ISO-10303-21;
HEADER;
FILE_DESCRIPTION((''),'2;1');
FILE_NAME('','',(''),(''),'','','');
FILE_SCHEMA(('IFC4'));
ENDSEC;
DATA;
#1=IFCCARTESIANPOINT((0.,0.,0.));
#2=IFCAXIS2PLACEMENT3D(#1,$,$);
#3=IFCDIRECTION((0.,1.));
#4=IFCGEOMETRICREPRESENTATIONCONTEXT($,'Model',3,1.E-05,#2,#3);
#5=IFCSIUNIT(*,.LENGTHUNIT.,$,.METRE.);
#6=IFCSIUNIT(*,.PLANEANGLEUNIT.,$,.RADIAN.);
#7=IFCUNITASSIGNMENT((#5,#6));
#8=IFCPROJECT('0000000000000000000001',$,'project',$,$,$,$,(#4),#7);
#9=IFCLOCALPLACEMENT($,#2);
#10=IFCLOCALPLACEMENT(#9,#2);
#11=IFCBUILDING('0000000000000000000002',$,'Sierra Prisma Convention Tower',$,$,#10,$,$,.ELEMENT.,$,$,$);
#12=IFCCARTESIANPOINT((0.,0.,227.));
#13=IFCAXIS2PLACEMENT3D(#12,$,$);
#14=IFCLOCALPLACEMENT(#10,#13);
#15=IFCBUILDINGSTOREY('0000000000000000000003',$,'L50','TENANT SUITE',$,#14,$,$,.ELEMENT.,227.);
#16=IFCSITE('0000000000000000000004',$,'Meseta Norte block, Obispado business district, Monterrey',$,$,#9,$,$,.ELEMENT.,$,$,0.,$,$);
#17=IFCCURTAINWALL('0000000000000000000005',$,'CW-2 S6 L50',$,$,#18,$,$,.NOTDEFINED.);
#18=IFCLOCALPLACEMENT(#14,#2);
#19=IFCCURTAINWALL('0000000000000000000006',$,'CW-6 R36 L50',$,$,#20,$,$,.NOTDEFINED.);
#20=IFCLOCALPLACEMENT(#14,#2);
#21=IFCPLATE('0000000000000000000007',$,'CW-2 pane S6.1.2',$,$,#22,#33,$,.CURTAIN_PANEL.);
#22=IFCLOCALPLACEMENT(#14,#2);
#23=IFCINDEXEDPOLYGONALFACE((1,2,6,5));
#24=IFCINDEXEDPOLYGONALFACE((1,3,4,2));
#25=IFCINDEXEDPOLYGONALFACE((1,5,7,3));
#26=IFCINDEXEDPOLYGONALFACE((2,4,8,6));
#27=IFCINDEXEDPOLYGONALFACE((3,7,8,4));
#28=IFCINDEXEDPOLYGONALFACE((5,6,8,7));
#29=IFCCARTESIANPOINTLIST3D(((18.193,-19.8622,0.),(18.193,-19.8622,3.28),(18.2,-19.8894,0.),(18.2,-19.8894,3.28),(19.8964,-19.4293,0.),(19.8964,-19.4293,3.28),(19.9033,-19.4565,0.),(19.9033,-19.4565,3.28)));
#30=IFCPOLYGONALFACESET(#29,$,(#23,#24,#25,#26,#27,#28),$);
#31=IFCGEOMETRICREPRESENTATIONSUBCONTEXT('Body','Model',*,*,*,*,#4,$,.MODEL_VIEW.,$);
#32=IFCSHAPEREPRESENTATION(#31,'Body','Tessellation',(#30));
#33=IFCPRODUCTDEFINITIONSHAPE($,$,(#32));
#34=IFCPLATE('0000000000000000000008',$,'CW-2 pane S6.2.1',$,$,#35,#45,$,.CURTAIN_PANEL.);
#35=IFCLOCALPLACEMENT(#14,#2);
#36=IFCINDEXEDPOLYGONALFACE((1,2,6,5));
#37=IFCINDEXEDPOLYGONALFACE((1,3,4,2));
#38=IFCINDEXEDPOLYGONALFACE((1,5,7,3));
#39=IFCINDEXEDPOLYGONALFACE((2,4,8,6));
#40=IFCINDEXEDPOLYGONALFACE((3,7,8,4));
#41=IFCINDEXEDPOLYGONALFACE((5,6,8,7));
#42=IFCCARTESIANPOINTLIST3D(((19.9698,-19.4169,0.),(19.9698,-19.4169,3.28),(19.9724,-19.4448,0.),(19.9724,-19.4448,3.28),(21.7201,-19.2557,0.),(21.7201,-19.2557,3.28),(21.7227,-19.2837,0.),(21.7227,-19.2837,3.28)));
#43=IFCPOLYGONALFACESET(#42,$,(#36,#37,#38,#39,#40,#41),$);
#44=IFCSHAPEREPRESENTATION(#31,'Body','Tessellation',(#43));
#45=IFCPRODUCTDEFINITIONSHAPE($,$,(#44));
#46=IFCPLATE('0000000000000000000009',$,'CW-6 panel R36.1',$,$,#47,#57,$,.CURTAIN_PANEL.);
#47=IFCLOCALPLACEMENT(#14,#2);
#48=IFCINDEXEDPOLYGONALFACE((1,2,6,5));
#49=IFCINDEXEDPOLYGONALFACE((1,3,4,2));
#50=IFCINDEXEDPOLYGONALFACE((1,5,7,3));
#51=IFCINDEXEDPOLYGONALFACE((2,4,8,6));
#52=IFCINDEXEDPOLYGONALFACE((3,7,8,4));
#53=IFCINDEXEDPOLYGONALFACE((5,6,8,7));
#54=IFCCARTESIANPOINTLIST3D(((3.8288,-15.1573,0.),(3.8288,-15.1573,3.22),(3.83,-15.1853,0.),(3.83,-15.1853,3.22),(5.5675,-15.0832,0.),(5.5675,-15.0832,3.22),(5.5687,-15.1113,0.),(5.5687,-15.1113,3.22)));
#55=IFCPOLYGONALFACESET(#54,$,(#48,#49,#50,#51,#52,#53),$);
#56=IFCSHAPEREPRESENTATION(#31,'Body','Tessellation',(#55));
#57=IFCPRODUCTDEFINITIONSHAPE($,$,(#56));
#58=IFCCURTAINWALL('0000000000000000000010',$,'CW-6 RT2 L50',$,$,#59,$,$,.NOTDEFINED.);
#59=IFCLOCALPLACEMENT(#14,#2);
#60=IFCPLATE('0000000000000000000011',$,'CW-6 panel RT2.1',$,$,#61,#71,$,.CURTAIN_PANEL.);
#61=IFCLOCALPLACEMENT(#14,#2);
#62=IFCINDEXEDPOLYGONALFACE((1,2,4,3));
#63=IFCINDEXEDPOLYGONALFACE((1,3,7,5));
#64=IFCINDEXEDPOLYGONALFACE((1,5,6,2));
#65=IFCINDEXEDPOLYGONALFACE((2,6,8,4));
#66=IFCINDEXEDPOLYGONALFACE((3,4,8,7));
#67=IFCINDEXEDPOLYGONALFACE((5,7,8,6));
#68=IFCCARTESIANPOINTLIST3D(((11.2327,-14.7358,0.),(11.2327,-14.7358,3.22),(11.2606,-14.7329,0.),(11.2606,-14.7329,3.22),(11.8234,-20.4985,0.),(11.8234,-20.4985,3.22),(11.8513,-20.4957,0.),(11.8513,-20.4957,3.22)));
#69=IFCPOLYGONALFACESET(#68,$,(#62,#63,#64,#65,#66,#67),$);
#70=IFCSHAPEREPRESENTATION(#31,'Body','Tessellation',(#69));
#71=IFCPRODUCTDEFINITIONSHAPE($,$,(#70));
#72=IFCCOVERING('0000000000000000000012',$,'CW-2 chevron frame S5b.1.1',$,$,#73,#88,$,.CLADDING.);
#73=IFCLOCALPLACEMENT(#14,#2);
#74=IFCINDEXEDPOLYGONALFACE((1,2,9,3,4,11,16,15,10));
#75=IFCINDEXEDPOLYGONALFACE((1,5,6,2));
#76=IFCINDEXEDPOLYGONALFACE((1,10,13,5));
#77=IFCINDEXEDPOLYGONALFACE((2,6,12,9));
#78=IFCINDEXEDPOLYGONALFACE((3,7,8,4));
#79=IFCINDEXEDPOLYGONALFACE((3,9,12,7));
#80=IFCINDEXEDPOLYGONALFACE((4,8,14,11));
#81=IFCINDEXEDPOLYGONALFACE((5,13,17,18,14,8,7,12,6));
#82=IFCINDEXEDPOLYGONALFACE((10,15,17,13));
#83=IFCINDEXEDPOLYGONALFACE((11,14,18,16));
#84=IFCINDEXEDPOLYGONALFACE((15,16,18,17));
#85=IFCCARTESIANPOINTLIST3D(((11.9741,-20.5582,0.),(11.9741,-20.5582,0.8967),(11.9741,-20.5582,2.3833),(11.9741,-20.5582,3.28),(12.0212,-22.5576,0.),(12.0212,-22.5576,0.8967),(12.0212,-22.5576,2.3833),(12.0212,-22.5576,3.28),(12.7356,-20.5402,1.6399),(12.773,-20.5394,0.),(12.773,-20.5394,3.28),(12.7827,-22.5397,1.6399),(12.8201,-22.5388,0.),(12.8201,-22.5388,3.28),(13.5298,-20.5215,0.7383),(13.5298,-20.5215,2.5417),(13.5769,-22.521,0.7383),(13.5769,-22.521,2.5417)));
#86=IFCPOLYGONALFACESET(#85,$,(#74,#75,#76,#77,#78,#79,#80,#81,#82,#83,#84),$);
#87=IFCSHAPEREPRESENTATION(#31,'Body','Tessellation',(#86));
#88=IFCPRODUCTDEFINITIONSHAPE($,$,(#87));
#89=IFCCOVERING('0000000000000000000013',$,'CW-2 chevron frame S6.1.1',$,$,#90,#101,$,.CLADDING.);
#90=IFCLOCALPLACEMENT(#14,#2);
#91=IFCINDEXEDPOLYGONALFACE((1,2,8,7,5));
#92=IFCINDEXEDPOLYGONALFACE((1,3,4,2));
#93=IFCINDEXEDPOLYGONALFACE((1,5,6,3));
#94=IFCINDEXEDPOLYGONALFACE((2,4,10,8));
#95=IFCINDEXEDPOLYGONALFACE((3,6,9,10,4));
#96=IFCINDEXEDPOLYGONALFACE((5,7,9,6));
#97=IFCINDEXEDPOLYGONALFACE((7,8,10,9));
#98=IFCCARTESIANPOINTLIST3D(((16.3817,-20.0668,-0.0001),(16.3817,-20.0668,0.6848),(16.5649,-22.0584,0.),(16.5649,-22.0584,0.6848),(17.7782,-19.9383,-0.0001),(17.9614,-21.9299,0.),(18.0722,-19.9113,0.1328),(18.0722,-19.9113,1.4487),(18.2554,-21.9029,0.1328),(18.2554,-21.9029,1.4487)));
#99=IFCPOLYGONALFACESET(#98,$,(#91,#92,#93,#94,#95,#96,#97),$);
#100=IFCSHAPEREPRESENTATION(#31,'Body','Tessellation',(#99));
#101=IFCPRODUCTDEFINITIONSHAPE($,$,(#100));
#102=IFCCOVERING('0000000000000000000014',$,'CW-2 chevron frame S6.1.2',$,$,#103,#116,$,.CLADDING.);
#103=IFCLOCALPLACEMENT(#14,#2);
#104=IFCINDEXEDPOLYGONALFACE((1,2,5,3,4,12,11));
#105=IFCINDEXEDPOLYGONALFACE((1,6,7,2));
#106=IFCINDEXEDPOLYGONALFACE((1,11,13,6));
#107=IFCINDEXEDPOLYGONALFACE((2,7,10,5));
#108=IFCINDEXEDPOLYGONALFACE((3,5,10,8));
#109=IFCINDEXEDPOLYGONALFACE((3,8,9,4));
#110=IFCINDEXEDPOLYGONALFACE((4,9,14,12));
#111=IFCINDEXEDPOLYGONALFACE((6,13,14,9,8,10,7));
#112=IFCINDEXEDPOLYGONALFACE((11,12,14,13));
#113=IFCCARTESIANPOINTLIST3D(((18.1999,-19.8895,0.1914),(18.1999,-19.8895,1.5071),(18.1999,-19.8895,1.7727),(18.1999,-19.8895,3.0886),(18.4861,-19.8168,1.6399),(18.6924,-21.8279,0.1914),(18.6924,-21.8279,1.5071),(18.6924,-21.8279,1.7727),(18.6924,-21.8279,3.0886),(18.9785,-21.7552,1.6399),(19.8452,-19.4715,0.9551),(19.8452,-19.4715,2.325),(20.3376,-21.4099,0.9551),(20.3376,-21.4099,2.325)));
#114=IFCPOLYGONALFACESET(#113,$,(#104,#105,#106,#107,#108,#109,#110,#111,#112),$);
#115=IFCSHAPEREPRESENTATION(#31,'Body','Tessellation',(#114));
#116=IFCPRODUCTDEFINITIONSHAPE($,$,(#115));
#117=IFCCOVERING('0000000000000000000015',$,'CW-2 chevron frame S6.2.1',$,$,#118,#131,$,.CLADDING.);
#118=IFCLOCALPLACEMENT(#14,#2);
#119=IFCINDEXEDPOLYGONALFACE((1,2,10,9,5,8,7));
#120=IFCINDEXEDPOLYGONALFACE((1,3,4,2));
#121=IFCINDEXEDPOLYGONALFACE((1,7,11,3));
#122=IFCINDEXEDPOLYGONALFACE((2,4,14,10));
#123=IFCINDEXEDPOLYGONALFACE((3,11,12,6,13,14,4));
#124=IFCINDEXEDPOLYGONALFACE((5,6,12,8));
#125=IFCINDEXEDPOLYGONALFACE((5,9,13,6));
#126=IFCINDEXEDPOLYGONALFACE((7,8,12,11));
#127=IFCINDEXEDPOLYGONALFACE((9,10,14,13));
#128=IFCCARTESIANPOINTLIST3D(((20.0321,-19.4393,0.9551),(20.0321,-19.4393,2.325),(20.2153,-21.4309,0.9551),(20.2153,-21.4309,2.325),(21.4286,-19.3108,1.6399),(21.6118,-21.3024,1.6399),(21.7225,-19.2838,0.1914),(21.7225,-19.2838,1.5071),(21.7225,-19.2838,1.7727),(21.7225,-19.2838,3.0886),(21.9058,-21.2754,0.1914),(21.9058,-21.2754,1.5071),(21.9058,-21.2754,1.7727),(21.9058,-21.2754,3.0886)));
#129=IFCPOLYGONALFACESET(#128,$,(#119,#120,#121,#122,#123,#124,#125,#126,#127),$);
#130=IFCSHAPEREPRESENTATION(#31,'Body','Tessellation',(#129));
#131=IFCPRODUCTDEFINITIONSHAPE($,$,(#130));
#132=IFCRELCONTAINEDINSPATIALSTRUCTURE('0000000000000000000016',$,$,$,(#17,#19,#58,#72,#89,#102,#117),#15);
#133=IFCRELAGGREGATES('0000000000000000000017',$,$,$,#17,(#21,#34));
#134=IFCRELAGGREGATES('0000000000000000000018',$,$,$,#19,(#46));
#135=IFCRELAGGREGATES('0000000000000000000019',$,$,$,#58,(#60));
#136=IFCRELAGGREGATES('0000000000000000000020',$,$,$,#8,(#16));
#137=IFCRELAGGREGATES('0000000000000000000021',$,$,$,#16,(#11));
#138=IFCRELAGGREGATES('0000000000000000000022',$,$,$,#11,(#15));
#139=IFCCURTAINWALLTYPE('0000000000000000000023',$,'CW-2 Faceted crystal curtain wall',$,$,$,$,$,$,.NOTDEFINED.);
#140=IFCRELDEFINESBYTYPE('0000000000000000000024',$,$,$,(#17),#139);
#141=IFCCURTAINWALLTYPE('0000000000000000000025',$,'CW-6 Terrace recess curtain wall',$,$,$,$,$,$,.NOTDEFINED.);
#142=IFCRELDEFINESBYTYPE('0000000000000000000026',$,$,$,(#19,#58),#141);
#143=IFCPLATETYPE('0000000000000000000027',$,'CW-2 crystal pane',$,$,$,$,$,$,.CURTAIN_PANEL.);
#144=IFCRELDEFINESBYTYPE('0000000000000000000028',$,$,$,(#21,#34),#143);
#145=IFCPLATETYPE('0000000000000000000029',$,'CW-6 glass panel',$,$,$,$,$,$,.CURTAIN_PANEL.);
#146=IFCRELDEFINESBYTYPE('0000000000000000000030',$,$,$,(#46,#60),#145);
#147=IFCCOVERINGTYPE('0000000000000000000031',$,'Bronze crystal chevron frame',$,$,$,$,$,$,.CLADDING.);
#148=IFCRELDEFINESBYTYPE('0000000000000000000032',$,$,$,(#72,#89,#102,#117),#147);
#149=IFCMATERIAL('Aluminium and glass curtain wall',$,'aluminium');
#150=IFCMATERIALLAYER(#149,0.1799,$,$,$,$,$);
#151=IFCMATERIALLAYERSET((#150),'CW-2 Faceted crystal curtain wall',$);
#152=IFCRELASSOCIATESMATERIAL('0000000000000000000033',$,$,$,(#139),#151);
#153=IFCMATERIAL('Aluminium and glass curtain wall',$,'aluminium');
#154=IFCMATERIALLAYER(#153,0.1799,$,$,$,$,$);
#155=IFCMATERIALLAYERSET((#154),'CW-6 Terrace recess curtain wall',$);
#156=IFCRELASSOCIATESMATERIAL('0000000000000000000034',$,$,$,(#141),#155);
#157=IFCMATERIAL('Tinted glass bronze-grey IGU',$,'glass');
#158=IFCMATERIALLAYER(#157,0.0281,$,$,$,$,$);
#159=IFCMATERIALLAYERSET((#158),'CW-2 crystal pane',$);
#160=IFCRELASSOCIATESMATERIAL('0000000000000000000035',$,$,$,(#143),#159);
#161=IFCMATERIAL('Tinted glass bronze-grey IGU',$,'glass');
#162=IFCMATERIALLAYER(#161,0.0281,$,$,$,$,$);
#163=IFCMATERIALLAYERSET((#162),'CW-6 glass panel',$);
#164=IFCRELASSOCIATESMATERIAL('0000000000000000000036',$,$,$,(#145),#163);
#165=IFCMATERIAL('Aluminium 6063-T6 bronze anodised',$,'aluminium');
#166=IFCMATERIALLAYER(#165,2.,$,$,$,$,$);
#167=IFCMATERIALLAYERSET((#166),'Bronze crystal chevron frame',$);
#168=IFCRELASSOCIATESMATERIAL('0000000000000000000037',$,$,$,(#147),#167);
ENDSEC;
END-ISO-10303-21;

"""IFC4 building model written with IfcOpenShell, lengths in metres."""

from ifc_helpers import new_model, si_unit, direction, frame, origin, origin_2d, place, context, subcontext, project, spatial, polyline, rectangle, outline, extrude, material, layer, layer_set, type_object, element, aggregate, save


model = new_model("IFC4")

# Units and contexts
model_context = context("Model", 3, precision=1e-05, world=origin(), true_north=direction((0.0, 1.0)))
body_context = subcontext(model_context, "Body", "Model", "MODEL_VIEW")
ifc_project = project(units=[si_unit("LENGTHUNIT", "METRE"), si_unit("PLANEANGLEUNIT", "RADIAN")], contexts=[model_context])

# Site, building, storey
site_placement = place(None, origin())
site = spatial("IfcSite", under=ifc_project, at=site_placement, Name="Meseta Norte block, Obispado business district, Monterrey", CompositionType="ELEMENT", RefElevation=0.0)
building_placement = place(site_placement, origin())
building = spatial("IfcBuilding", under=site, at=building_placement, Name="Sierra Prisma Convention Tower", CompositionType="ELEMENT")
storey_placement = place(building_placement, frame((0.0, 0.0, 227.0)))
storey = spatial("IfcBuildingStorey", under=building, at=storey_placement, Name="L50", Description="TENANT SUITE", CompositionType="ELEMENT", Elevation=227.0)

# Shared definitions
ifc_material_1 = material(Name="Aluminium and glass curtain wall", Category="aluminium")
ifc_layer_1 = layer(ifc_material_1, 0.1799)
ifc_layer_set_1 = layer_set([ifc_layer_1], Name="CW-2 Faceted crystal curtain wall")
curtain_wall_type_1 = type_object("IfcCurtainWallType", Name="CW-2 Faceted crystal curtain wall", PredefinedType="NOTDEFINED", material=ifc_layer_set_1)

# Curtain wall
curtain_wall_1_placement = place(storey_placement, origin())
curtain_wall_1 = element("IfcCurtainWall", 1, at=curtain_wall_1_placement, inside=storey, type_object=curtain_wall_type_1, Name="CW-2 S6 L50", PredefinedType="NOTDEFINED")

# Curtain wall
ifc_material_2 = material(Name="Aluminium and glass curtain wall", Category="aluminium")
ifc_layer_2 = layer(ifc_material_2, 0.1799)
ifc_layer_set_2 = layer_set([ifc_layer_2], Name="CW-6 Terrace recess curtain wall")
curtain_wall_type_2 = type_object("IfcCurtainWallType", Name="CW-6 Terrace recess curtain wall", PredefinedType="NOTDEFINED", material=ifc_layer_set_2)
curtain_wall_2_placement = place(storey_placement, origin())
curtain_wall_2 = element("IfcCurtainWall", 2, at=curtain_wall_2_placement, inside=storey, type_object=curtain_wall_type_2, Name="CW-6 R36 L50", PredefinedType="NOTDEFINED")

# Plates
ifc_material_3 = material(Name="Tinted glass bronze-grey IGU", Category="glass")
ifc_layer_3 = layer(ifc_material_3, 0.0281)
ifc_layer_set_3 = layer_set([ifc_layer_3], Name="CW-2 crystal pane")
plate_type_1 = type_object("IfcPlateType", Name="CW-2 crystal pane", PredefinedType="CURTAIN_PANEL", material=ifc_layer_set_3)
plate_1_placement = place(storey_placement, frame((19.9033, -19.4565, 0.0), z_axis=(0.246293, -0.969196, 0.0), x_axis=(-0.969196, -0.246293, 0.0)))
plate_1 = element("IfcPlate", 3, at=plate_1_placement, type_object=plate_type_1, Name="CW-2 pane S6.1.2", PredefinedType="CURTAIN_PANEL", context=body_context, shape_type="SweptSolid", body=[
    extrude(outline(polyline([(0.0, 0.0), (1.7575, 0.0), (1.7575, -3.28), (0.0, -3.28), (0.0, 0.0)])), origin(), (0.0, 0.0, -1.0), 0.0281),
])
plate_2_placement = place(storey_placement, frame((19.9724, -19.4448, 0.0), z_axis=(0.091675, -0.995789, 0.0), x_axis=(0.995789, 0.091675, 0.0)))
plate_2 = element("IfcPlate", 4, at=plate_2_placement, type_object=plate_type_1, Name="CW-2 pane S6.2.1", PredefinedType="CURTAIN_PANEL", context=body_context, shape_type="SweptSolid", body=[
    extrude(outline(polyline([(0.0, 0.0), (1.7576, 0.0), (1.7576, 3.28), (0.0, 3.28), (0.0, 0.0)])), origin(), (0.0, 0.0, -1.0), 0.0281),
])
aggregate(curtain_wall_1, [plate_1, plate_2])
ifc_material_4 = material(Name="Tinted glass bronze-grey IGU", Category="glass")
ifc_layer_4 = layer(ifc_material_4, 0.0281)
ifc_layer_set_4 = layer_set([ifc_layer_4], Name="CW-6 glass panel")
plate_type_2 = type_object("IfcPlateType", Name="CW-6 glass panel", PredefinedType="CURTAIN_PANEL", material=ifc_layer_set_4)
plate_3_placement = place(storey_placement, frame((4.6987, -15.1343, 0.0), z_axis=(0.0, 0.0, 1.0), x_axis=(0.999094, 0.042547, 0.0)))
plate_3 = element("IfcPlate", 5, at=plate_3_placement, type_object=plate_type_2, Name="CW-6 panel R36.1", PredefinedType="CURTAIN_PANEL", context=body_context, shape_type="SweptSolid", body=[
    extrude(rectangle(XDim=1.7402, YDim=0.0281, at=origin_2d()), origin(), (0.0, 0.0, 1.0), 3.22),
])
aggregate(curtain_wall_2, [plate_3])

# Curtain wall, plate
curtain_wall_3_placement = place(storey_placement, origin())
curtain_wall_3 = element("IfcCurtainWall", 6, at=curtain_wall_3_placement, inside=storey, type_object=curtain_wall_type_2, Name="CW-6 RT2 L50", PredefinedType="NOTDEFINED")
plate_4_placement = place(storey_placement, frame((11.542, -17.6157, 0.0), z_axis=(0.0, 0.0, 1.0), x_axis=(0.101966, -0.994788, 0.0)))
plate_4 = element("IfcPlate", 7, at=plate_4_placement, type_object=plate_type_2, Name="CW-6 panel RT2.1", PredefinedType="CURTAIN_PANEL", context=body_context, shape_type="SweptSolid", body=[
    extrude(rectangle(XDim=5.793, YDim=0.0281, at=origin_2d()), origin(), (0.0, 0.0, 1.0), 3.22),
])
aggregate(curtain_wall_3, [plate_4])

# Coverings
ifc_material_5 = material(Name="Aluminium 6063-T6 bronze anodised", Category="aluminium")
ifc_layer_5 = layer(ifc_material_5, 2.0)
ifc_layer_set_5 = layer_set([ifc_layer_5], Name="Bronze crystal chevron frame")
covering_type = type_object("IfcCoveringType", Name="Bronze crystal chevron frame", PredefinedType="CLADDING", material=ifc_layer_set_5)
covering_1_placement = place(storey_placement, frame((12.0212, -22.5576, 0.0), z_axis=(0.023552, -0.999723, 0.0), x_axis=(0.999723, 0.023552, 0.0)))
element("IfcCovering", 8, at=covering_1_placement, inside=storey, type_object=covering_type, Name="CW-2 chevron frame S5b.1.1", PredefinedType="CLADDING", context=body_context, shape_type="SweptSolid", body=[
    extrude(outline(polyline([(0.0, 0.0), (0.799, 0.0), (1.5561, 0.7383), (1.5561, 2.5417), (0.799, 3.28), (0.0, 3.28), (0.0, 2.3833), (0.7617, 1.6399), (0.0, 0.8967), (0.0, 0.0)])), origin(), (0.0, 0.0, -1.0), 2.0),
])
covering_2_placement = place(storey_placement, frame((17.9614, -21.9299, 0.0), z_axis=(0.09161, -0.995795, 0.000027), x_axis=(0.908113, 0.083555, 0.410303)))
element("IfcCovering", 9, at=covering_2_placement, inside=storey, type_object=covering_type, Name="CW-2 chevron frame S6.1.1", PredefinedType="CLADDING", context=body_context, shape_type="SweptSolid", body=[
    extrude(outline(polyline([(0.0, 0.0), (0.3237, 0.0), (0.8636, 1.2001), (-0.9979, 1.1999), (-1.2789, 0.5754), (0.0, 0.0)])), origin(), (0.0, 0.0, -1.0), 2.0),
])
covering_3_placement = place(storey_placement, frame((18.6924, -21.8279, 1.5071), z_axis=(0.24622, -0.969214, 0.0), x_axis=(0.0, 0.0, -1.0)))
element("IfcCovering", 10, at=covering_3_placement, inside=storey, type_object=covering_type, Name="CW-2 chevron frame S6.1.2", PredefinedType="CLADDING", context=body_context, shape_type="SweptSolid", body=[
    extrude(outline(polyline([(0.0, 0.0), (1.3157, 0.0), (0.552, 1.6975), (-0.8179, 1.6975), (-1.5815, 0.0), (-0.2656, 0.0), (-0.1328, 0.2952), (0.0, 0.0)])), origin(), (0.0, 0.0, -1.0), 2.0),
])
covering_4_placement = place(storey_placement, frame((20.2153, -21.4309, 0.9551), z_axis=(0.09161, -0.995795, 0.0), x_axis=(0.908134, 0.083545, -0.41026)))
element("IfcCovering", 11, at=covering_4_placement, inside=storey, type_object=covering_type, Name="CW-2 chevron frame S6.2.1", PredefinedType="CLADDING", context=body_context, shape_type="SweptSolid", body=[
    extrude(outline(polyline([(0.0, 0.0), (1.8614, 0.0), (1.3217, 1.1999), (0.998, 1.1999), (1.2127, 1.4421), (0.6728, 2.6422), (-0.562, 1.2493), (0.0, 0.0)])), origin(), (0.0, 0.0, -1.0), 2.0),
])

save(model, "model.ifc")
